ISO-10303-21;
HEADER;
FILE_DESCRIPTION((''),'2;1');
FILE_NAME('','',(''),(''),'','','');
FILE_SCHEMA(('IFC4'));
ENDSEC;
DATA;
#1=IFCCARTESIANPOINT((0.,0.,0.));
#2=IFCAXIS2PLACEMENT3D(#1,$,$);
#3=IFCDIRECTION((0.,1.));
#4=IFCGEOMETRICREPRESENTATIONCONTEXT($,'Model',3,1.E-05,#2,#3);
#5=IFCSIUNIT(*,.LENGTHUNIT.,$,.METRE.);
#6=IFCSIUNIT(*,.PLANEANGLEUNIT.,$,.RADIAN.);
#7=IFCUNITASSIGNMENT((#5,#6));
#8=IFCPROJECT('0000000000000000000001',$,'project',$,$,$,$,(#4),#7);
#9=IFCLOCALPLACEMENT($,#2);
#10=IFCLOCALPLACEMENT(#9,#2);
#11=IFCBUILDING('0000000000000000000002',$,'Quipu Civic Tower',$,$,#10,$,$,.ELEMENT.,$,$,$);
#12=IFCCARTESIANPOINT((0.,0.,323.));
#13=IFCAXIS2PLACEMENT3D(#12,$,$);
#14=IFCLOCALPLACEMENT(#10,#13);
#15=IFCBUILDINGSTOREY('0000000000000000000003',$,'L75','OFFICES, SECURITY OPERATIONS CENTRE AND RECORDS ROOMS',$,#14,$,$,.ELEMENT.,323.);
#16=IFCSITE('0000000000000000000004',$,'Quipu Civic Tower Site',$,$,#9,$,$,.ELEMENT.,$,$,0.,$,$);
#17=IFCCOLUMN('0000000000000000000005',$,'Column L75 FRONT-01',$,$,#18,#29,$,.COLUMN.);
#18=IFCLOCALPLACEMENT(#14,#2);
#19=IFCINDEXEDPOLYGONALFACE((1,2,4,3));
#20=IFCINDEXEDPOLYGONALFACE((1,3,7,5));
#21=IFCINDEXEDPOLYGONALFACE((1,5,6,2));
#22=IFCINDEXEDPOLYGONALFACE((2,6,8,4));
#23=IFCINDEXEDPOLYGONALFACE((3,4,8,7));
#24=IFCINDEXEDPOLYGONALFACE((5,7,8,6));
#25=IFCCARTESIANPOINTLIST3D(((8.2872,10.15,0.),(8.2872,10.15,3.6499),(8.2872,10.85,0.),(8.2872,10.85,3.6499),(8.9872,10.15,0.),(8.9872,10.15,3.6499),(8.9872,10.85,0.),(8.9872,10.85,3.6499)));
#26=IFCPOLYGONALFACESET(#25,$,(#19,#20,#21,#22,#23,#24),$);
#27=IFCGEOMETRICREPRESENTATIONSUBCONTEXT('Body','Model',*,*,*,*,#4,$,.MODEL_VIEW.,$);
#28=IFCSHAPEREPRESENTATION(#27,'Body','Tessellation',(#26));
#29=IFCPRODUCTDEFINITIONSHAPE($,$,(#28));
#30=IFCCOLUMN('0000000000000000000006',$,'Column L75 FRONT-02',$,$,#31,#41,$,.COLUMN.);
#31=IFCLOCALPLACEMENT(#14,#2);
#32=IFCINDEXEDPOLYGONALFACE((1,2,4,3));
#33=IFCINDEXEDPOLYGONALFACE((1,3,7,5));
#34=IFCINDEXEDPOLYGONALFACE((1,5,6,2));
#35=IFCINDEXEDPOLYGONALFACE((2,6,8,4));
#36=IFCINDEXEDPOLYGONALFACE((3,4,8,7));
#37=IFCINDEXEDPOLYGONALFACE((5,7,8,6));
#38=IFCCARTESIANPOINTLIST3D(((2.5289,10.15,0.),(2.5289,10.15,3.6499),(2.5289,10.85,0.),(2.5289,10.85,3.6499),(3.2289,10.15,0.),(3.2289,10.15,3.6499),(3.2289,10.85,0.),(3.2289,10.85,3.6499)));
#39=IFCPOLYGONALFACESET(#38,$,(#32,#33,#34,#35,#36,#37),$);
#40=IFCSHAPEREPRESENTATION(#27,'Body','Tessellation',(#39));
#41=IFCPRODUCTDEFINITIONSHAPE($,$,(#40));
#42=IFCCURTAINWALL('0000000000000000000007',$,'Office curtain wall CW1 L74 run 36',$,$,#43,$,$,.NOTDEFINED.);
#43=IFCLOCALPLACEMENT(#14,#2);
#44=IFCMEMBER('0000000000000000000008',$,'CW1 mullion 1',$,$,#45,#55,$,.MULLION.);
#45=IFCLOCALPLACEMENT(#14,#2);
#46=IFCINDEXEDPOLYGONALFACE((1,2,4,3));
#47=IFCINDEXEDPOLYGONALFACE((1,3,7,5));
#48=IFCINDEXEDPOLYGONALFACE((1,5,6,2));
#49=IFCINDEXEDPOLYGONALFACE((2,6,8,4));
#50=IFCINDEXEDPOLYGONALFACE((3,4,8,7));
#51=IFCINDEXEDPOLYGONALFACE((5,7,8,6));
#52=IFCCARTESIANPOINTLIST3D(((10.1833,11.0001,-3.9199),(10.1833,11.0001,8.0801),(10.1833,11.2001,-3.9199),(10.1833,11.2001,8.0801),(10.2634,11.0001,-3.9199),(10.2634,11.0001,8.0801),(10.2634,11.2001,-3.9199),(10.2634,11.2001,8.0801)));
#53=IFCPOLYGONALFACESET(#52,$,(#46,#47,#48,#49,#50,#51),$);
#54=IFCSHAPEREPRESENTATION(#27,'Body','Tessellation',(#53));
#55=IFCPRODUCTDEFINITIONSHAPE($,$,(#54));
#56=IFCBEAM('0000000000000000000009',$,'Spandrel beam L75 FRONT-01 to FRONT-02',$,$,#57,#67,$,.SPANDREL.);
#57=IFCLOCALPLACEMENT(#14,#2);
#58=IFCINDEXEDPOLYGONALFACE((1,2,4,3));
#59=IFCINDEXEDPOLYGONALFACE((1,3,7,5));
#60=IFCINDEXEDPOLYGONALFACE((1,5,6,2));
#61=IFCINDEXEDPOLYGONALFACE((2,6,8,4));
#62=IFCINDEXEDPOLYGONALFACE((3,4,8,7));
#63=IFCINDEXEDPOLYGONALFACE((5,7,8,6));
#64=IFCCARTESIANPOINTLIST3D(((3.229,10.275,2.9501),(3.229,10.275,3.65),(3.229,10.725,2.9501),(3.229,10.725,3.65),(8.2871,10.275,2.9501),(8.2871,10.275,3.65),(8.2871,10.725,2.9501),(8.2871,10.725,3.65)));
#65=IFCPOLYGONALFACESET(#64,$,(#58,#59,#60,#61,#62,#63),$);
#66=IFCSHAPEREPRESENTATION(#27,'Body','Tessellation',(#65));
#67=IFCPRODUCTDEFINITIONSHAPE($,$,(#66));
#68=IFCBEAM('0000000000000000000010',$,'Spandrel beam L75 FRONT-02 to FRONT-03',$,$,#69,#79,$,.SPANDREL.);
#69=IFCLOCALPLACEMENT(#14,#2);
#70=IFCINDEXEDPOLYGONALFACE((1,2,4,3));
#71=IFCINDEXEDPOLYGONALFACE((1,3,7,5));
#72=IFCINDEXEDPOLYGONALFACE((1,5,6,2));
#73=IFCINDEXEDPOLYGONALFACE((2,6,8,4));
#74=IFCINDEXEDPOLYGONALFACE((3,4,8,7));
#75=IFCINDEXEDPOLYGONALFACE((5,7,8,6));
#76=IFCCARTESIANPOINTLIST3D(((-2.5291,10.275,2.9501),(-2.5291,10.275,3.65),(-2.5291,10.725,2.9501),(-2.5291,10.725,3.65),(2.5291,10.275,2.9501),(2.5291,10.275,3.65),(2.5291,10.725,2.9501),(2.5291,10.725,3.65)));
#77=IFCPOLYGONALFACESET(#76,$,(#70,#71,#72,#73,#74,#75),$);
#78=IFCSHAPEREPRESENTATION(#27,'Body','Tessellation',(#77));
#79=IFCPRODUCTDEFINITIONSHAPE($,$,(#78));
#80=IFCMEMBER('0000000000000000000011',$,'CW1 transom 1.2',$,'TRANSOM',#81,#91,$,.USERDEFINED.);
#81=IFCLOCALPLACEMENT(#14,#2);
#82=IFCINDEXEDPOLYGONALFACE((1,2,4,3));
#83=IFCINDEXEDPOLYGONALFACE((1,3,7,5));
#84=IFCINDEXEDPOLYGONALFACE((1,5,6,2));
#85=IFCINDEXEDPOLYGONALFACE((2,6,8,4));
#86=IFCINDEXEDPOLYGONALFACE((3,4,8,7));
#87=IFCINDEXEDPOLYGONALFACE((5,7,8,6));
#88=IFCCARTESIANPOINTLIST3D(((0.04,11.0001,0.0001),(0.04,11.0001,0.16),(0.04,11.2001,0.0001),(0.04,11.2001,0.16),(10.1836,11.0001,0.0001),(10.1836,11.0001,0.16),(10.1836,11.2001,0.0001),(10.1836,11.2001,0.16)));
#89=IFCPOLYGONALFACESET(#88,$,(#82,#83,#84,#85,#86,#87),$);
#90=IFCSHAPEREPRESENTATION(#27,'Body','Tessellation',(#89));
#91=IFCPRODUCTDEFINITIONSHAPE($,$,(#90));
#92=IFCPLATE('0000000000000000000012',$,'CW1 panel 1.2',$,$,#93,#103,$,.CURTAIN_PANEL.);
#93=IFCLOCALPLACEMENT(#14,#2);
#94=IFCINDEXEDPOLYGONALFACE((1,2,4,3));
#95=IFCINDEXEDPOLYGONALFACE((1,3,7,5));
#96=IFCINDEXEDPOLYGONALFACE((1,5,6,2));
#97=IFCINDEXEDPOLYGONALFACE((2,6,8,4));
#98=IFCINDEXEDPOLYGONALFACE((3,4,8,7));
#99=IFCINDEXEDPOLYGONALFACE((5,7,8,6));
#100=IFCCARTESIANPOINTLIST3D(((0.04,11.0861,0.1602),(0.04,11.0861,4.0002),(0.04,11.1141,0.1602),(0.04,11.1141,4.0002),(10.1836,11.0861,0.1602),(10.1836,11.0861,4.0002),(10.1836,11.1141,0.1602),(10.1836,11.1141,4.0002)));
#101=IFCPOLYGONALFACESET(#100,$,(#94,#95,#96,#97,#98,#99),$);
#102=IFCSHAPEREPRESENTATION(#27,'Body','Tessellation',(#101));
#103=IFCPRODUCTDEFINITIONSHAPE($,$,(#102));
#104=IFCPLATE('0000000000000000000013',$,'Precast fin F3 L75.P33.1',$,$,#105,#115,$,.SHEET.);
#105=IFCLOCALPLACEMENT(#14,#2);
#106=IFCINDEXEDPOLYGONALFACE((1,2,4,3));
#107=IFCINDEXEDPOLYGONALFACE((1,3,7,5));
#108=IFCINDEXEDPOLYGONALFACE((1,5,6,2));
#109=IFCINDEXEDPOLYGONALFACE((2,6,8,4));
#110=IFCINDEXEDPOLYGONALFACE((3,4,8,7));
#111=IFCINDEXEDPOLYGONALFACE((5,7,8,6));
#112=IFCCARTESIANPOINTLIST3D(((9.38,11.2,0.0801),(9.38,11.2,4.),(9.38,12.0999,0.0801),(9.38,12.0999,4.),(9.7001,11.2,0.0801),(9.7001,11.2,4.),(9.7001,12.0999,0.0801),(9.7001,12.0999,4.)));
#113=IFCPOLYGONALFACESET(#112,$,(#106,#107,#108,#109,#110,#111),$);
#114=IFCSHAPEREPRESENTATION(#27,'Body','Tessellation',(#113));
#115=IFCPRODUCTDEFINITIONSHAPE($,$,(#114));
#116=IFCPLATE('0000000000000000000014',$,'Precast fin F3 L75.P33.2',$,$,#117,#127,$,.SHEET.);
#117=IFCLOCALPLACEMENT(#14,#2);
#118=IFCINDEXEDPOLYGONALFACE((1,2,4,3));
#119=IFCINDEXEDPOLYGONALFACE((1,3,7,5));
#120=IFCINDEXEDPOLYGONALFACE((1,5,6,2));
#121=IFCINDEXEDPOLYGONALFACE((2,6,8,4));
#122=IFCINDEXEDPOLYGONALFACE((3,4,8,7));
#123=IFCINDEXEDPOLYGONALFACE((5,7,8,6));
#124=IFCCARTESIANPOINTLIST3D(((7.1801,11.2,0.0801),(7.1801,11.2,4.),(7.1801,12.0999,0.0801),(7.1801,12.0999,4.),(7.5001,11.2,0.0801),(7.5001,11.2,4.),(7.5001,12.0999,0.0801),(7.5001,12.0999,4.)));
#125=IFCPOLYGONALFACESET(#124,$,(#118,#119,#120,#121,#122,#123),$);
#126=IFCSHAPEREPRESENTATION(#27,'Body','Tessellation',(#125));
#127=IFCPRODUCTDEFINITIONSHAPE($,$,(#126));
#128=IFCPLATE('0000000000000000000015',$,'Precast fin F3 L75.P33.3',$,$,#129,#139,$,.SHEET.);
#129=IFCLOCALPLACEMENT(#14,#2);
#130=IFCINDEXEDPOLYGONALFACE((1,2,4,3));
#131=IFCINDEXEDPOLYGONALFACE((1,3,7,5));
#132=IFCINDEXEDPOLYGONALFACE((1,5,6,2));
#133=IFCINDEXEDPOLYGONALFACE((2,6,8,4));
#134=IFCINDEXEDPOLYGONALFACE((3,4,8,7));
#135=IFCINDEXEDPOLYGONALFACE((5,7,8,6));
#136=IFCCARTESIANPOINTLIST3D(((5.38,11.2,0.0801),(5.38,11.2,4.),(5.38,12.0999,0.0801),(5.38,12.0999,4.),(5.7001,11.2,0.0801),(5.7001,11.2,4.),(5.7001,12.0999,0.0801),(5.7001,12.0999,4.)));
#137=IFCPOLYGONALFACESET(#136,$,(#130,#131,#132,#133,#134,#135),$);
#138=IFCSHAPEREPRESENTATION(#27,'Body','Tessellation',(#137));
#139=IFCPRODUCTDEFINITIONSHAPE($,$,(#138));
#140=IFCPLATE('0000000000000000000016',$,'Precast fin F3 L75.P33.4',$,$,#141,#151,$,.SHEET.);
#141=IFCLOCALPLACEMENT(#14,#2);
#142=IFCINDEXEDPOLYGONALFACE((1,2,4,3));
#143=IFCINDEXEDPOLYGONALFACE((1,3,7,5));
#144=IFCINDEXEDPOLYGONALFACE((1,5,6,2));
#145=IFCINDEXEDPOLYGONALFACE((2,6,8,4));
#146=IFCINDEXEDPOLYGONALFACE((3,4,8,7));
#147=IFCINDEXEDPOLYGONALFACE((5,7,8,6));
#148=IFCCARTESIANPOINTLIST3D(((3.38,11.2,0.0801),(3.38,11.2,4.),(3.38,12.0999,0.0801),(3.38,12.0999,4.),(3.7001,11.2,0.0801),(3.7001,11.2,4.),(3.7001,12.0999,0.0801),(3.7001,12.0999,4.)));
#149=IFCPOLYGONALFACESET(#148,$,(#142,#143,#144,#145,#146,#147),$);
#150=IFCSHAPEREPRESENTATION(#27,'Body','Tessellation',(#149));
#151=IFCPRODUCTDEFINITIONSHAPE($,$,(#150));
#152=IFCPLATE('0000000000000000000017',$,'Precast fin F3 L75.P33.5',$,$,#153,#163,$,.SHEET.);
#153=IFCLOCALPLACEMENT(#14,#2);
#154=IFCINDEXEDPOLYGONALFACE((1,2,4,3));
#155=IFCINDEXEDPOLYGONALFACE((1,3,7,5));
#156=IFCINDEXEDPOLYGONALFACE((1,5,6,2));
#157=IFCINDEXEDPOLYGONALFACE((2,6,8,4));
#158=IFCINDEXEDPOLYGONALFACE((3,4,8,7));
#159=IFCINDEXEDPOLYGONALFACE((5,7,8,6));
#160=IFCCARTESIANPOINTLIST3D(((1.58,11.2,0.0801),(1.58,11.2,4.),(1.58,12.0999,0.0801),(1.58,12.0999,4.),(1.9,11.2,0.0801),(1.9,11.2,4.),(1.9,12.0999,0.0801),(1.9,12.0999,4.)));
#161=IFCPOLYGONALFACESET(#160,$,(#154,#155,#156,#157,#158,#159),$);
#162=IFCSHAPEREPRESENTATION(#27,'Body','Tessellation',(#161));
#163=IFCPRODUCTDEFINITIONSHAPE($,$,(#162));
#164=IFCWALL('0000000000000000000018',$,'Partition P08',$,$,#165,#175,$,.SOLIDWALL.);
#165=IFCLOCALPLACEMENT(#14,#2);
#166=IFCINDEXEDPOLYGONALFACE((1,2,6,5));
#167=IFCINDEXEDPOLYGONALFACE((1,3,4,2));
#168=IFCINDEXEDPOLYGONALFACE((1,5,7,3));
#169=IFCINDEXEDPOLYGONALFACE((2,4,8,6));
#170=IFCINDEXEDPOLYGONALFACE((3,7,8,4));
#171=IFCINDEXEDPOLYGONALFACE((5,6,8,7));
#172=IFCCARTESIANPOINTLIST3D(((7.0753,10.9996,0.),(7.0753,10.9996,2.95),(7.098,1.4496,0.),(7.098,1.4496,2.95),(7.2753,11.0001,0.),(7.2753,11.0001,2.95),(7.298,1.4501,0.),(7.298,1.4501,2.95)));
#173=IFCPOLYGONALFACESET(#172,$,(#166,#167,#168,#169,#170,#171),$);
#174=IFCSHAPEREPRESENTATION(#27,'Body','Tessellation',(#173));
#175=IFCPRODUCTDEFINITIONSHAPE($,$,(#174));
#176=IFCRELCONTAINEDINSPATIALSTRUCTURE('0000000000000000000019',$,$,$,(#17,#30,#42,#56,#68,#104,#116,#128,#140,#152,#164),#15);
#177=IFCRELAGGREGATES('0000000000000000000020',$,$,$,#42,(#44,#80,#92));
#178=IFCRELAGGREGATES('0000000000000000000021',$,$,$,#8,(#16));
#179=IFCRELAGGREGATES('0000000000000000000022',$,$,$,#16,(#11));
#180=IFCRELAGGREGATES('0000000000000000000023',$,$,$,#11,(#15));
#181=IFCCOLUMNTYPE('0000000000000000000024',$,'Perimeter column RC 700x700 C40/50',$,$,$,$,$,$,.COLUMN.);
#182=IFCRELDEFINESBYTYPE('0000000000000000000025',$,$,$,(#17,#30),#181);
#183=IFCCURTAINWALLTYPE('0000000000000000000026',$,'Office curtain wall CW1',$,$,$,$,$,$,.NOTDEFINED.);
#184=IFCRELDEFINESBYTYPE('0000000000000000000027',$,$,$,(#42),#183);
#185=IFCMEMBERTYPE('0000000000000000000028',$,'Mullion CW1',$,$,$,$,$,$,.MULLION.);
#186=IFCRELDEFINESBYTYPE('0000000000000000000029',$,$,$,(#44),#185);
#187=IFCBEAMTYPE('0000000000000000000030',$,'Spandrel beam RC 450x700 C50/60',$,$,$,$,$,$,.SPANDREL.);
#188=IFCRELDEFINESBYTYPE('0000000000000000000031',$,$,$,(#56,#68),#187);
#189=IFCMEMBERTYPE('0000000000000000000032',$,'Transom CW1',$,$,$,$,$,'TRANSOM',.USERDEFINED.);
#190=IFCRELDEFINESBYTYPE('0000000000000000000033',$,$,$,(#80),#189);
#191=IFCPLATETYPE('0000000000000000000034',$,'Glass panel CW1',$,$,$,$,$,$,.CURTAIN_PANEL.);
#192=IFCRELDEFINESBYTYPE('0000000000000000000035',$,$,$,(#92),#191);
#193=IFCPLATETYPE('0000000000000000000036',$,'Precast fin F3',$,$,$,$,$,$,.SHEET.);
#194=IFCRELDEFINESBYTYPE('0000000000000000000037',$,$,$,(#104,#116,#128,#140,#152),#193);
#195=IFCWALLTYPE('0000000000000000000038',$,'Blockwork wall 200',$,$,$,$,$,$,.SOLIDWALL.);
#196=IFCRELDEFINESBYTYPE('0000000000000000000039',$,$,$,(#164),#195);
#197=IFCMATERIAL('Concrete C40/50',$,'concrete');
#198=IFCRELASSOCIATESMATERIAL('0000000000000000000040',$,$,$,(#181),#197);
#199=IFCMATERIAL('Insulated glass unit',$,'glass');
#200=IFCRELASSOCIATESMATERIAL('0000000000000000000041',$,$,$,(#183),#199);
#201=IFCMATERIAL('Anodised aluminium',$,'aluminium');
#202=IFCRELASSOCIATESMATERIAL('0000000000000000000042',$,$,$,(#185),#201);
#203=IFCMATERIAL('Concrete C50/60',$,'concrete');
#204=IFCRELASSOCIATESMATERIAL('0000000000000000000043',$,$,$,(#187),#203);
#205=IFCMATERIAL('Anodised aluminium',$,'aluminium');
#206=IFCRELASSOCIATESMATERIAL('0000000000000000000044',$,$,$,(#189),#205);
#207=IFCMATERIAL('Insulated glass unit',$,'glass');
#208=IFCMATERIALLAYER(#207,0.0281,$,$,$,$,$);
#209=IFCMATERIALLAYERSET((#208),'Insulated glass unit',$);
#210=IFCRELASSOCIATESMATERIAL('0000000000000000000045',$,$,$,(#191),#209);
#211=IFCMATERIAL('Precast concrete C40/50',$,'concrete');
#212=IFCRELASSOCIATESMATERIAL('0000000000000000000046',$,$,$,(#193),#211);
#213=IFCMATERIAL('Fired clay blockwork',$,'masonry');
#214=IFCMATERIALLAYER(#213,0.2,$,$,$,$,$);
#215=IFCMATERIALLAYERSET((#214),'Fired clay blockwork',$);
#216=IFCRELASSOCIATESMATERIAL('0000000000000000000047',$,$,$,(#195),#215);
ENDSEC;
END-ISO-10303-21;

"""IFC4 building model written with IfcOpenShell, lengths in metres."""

from ifc_helpers import new_model, si_unit, direction, frame, frame_2d, origin, origin_2d, place, context, subcontext, project, spatial, rectangle, extrude, material, layer, layer_set, material_profile, profile_set, type_object, element, aggregate, save


model = new_model("IFC4")

# Units and contexts
model_context = context("Model", 3, precision=1e-05, world=origin(), true_north=direction((0.0, 1.0)))
body_context = subcontext(model_context, "Body", "Model", "MODEL_VIEW")
ifc_project = project(units=[si_unit("LENGTHUNIT", "METRE"), si_unit("PLANEANGLEUNIT", "RADIAN")], contexts=[model_context])

# Site, building, storey
site_placement = place(None, origin())
site = spatial("IfcSite", under=ifc_project, at=site_placement, Name="Quipu Civic Tower Site", CompositionType="ELEMENT", RefElevation=0.0)
building_placement = place(site_placement, origin())
building = spatial("IfcBuilding", under=site, at=building_placement, Name="Quipu Civic Tower", CompositionType="ELEMENT")
storey_placement = place(building_placement, frame((0.0, 0.0, 323.0)))
storey = spatial("IfcBuildingStorey", under=building, at=storey_placement, Name="L75", Description="OFFICES, SECURITY OPERATIONS CENTRE AND RECORDS ROOMS", CompositionType="ELEMENT", Elevation=323.0)

# Columns
ifc_material_1 = material(Name="Concrete C40/50", Category="concrete")
ifc_material_profile_1 = material_profile(ifc_material_1, rectangle(XDim=0.7, YDim=0.7, at=origin_2d()), Name="RC700x700")
ifc_profile_set_1 = profile_set([ifc_material_profile_1], Name="Concrete C40/50")
column_type = type_object("IfcColumnType", Name="Perimeter column RC 700x700 C40/50", PredefinedType="COLUMN", material=ifc_profile_set_1)
for number, where, z_axis, x_axis, name in (
    (1, (8.6372, 10.5, 0.0), (0.0, 0.0, 1.0), (-1.0, 0.0, 0.0), "Column L75 FRONT-01"),
    (2, (2.8789, 10.5, 0.0), (0.0, 0.0, 1.0), (-1.0, 0.0, 0.0), "Column L75 FRONT-02"),
):
    element("IfcColumn", number, at=place(storey_placement, frame(where, z_axis=z_axis, x_axis=x_axis)), inside=storey, type_object=column_type, Name=name, PredefinedType="COLUMN", context=body_context, shape_type="SweptSolid", body=[
        extrude(rectangle(XDim=0.7, YDim=0.7, at=origin_2d()), origin(), (0.0, 0.0, 1.0), 3.6499),
    ])

# Curtain wall, member
ifc_material_2 = material(Name="Insulated glass unit", Category="glass")
curtain_wall_type = type_object("IfcCurtainWallType", Name="Office curtain wall CW1", PredefinedType="NOTDEFINED", material=ifc_material_2)
curtain_wall_placement = place(storey_placement, origin())
curtain_wall = element("IfcCurtainWall", 3, at=curtain_wall_placement, inside=storey, type_object=curtain_wall_type, Name="Office curtain wall CW1 L74 run 36", PredefinedType="NOTDEFINED")
ifc_material_3 = material(Name="Anodised aluminium", Category="aluminium")
ifc_material_profile_2 = material_profile(ifc_material_3, rectangle(XDim=0.2, YDim=0.0801, at=origin_2d()), Name="RECT 200x80")
ifc_profile_set_2 = profile_set([ifc_material_profile_2], Name="Anodised aluminium")
member_type_1 = type_object("IfcMemberType", Name="Mullion CW1", PredefinedType="MULLION", material=ifc_profile_set_2)
member_1_placement = place(storey_placement, frame((10.2234, 11.1001, -3.9199), z_axis=(0.0, 0.0, 1.0), x_axis=(0.0, -1.0, 0.0)))
member_1 = element("IfcMember", 4, at=member_1_placement, type_object=member_type_1, Name="CW1 mullion 1", PredefinedType="MULLION", context=body_context, shape_type="SweptSolid", body=[
    extrude(rectangle(XDim=0.2, YDim=0.0801, at=origin_2d()), origin(), (0.0, 0.0, 1.0), 12.0),
])

# Beams
ifc_material_4 = material(Name="Concrete C50/60", Category="concrete")
ifc_material_profile_3 = material_profile(ifc_material_4, rectangle(XDim=0.45, YDim=0.7, at=origin_2d()), Name="RC450x700")
ifc_profile_set_3 = profile_set([ifc_material_profile_3], Name="Concrete C50/60")
beam_type = type_object("IfcBeamType", Name="Spandrel beam RC 450x700 C50/60", PredefinedType="SPANDREL", material=ifc_profile_set_3)
for number, where, z_axis, x_axis, name in (
    (5, (8.2871, 10.5, 3.3), (-1.0, 0.0, 0.0), (0.0, -1.0, 0.0), "Spandrel beam L75 FRONT-01 to FRONT-02"),
    (6, (2.5291, 10.5, 3.3), (-1.0, 0.0, 0.0), (0.0, -1.0, 0.0), "Spandrel beam L75 FRONT-02 to FRONT-03"),
):
    element("IfcBeam", number, at=place(storey_placement, frame(where, z_axis=z_axis, x_axis=x_axis)), inside=storey, type_object=beam_type, Name=name, PredefinedType="SPANDREL", context=body_context, shape_type="SweptSolid", body=[
        extrude(rectangle(XDim=0.45, YDim=0.7, at=origin_2d()), origin(), (0.0, 0.0, 1.0), 5.0581),
    ])

# Member
ifc_material_5 = material(Name="Anodised aluminium", Category="aluminium")
ifc_material_profile_4 = material_profile(ifc_material_5, rectangle(XDim=0.2, YDim=0.1599, at=origin_2d()), Name="RECT 200x160")
ifc_profile_set_4 = profile_set([ifc_material_profile_4], Name="Anodised aluminium")
member_type_2 = type_object("IfcMemberType", Name="Transom CW1", ElementType="TRANSOM", PredefinedType="USERDEFINED", material=ifc_profile_set_4)
member_2_placement = place(storey_placement, frame((10.1836, 11.1001, 0.0801), z_axis=(-1.0, 0.0, 0.0), x_axis=(0.0, -1.0, 0.0)))
member_2 = element("IfcMember", 7, at=member_2_placement, type_object=member_type_2, Name="CW1 transom 1.2", ObjectType="TRANSOM", PredefinedType="USERDEFINED", context=body_context, shape_type="SweptSolid", body=[
    extrude(rectangle(XDim=0.2, YDim=0.1599, at=origin_2d()), origin(), (0.0, 0.0, 1.0), 10.1436),
])

# Plate
ifc_material_6 = material(Name="Insulated glass unit", Category="glass")
ifc_layer_1 = layer(ifc_material_6, 0.0281)
ifc_layer_set_1 = layer_set([ifc_layer_1], Name="Insulated glass unit")
plate_type_1 = type_object("IfcPlateType", Name="Glass panel CW1", PredefinedType="CURTAIN_PANEL", material=ifc_layer_set_1)
plate_placement = place(storey_placement, frame((5.1118, 11.1001, 0.1602), z_axis=(0.0, 0.0, 1.0), x_axis=(-1.0, 0.0, 0.0)))
plate = element("IfcPlate", 8, at=plate_placement, type_object=plate_type_1, Name="CW1 panel 1.2", PredefinedType="CURTAIN_PANEL", context=body_context, shape_type="SweptSolid", body=[
    extrude(rectangle(XDim=10.1436, YDim=0.0281, at=origin_2d()), origin(), (0.0, 0.0, 1.0), 3.8401),
])
aggregate(curtain_wall, [member_1, member_2, plate])

# Plates
ifc_material_7 = material(Name="Precast concrete C40/50", Category="concrete")
plate_type_2 = type_object("IfcPlateType", Name="Precast fin F3", PredefinedType="SHEET", material=ifc_material_7)
for number, where, z_axis, x_axis, name in (
    (9, (9.54, 11.6499, 0.0801), (0.0, 0.0, 1.0), (-1.0, 0.0, 0.0), "Precast fin F3 L75.P33.1"),
    (10, (7.3401, 11.6499, 0.0801), (0.0, 0.0, 1.0), (-1.0, 0.0, 0.0), "Precast fin F3 L75.P33.2"),
    (11, (5.54, 11.6499, 0.0801), (0.0, 0.0, 1.0), (-1.0, 0.0, 0.0), "Precast fin F3 L75.P33.3"),
    (12, (3.54, 11.6499, 0.0801), (0.0, 0.0, 1.0), (-1.0, 0.0, 0.0), "Precast fin F3 L75.P33.4"),
    (13, (1.74, 11.6499, 0.0801), (0.0, 0.0, 1.0), (-1.0, 0.0, 0.0), "Precast fin F3 L75.P33.5"),
):
    element("IfcPlate", number, at=place(storey_placement, frame(where, z_axis=z_axis, x_axis=x_axis)), inside=storey, type_object=plate_type_2, Name=name, PredefinedType="SHEET", context=body_context, shape_type="SweptSolid", body=[
        extrude(rectangle(XDim=0.3201, YDim=0.8999, at=origin_2d()), origin(), (0.0, 0.0, 1.0), 3.9199),
    ])

# Wall
ifc_material_8 = material(Name="Fired clay blockwork", Category="masonry")
ifc_layer_2 = layer(ifc_material_8, 0.2)
ifc_layer_set_2 = layer_set([ifc_layer_2], Name="Fired clay blockwork")
wall_type_1 = type_object("IfcWallType", Name="Blockwork wall 200", PredefinedType="SOLIDWALL", material=ifc_layer_set_2)
wall_1_placement = place(storey_placement, frame((7.198, 1.45, 0.0), z_axis=(0.0, 0.0, 1.0), x_axis=(-0.002377, 0.999997, 0.0)))
element("IfcWall", 14, at=wall_1_placement, inside=storey, type_object=wall_type_1, Name="Partition P08", PredefinedType="SOLIDWALL", context=body_context, shape_type="SweptSolid", body=[
    extrude(rectangle(XDim=9.55, YDim=0.2, at=frame_2d((4.7749, 0.0))), origin(), (0.0, 0.0, 1.0), 2.95),
])

save(model, "model.ifc")
